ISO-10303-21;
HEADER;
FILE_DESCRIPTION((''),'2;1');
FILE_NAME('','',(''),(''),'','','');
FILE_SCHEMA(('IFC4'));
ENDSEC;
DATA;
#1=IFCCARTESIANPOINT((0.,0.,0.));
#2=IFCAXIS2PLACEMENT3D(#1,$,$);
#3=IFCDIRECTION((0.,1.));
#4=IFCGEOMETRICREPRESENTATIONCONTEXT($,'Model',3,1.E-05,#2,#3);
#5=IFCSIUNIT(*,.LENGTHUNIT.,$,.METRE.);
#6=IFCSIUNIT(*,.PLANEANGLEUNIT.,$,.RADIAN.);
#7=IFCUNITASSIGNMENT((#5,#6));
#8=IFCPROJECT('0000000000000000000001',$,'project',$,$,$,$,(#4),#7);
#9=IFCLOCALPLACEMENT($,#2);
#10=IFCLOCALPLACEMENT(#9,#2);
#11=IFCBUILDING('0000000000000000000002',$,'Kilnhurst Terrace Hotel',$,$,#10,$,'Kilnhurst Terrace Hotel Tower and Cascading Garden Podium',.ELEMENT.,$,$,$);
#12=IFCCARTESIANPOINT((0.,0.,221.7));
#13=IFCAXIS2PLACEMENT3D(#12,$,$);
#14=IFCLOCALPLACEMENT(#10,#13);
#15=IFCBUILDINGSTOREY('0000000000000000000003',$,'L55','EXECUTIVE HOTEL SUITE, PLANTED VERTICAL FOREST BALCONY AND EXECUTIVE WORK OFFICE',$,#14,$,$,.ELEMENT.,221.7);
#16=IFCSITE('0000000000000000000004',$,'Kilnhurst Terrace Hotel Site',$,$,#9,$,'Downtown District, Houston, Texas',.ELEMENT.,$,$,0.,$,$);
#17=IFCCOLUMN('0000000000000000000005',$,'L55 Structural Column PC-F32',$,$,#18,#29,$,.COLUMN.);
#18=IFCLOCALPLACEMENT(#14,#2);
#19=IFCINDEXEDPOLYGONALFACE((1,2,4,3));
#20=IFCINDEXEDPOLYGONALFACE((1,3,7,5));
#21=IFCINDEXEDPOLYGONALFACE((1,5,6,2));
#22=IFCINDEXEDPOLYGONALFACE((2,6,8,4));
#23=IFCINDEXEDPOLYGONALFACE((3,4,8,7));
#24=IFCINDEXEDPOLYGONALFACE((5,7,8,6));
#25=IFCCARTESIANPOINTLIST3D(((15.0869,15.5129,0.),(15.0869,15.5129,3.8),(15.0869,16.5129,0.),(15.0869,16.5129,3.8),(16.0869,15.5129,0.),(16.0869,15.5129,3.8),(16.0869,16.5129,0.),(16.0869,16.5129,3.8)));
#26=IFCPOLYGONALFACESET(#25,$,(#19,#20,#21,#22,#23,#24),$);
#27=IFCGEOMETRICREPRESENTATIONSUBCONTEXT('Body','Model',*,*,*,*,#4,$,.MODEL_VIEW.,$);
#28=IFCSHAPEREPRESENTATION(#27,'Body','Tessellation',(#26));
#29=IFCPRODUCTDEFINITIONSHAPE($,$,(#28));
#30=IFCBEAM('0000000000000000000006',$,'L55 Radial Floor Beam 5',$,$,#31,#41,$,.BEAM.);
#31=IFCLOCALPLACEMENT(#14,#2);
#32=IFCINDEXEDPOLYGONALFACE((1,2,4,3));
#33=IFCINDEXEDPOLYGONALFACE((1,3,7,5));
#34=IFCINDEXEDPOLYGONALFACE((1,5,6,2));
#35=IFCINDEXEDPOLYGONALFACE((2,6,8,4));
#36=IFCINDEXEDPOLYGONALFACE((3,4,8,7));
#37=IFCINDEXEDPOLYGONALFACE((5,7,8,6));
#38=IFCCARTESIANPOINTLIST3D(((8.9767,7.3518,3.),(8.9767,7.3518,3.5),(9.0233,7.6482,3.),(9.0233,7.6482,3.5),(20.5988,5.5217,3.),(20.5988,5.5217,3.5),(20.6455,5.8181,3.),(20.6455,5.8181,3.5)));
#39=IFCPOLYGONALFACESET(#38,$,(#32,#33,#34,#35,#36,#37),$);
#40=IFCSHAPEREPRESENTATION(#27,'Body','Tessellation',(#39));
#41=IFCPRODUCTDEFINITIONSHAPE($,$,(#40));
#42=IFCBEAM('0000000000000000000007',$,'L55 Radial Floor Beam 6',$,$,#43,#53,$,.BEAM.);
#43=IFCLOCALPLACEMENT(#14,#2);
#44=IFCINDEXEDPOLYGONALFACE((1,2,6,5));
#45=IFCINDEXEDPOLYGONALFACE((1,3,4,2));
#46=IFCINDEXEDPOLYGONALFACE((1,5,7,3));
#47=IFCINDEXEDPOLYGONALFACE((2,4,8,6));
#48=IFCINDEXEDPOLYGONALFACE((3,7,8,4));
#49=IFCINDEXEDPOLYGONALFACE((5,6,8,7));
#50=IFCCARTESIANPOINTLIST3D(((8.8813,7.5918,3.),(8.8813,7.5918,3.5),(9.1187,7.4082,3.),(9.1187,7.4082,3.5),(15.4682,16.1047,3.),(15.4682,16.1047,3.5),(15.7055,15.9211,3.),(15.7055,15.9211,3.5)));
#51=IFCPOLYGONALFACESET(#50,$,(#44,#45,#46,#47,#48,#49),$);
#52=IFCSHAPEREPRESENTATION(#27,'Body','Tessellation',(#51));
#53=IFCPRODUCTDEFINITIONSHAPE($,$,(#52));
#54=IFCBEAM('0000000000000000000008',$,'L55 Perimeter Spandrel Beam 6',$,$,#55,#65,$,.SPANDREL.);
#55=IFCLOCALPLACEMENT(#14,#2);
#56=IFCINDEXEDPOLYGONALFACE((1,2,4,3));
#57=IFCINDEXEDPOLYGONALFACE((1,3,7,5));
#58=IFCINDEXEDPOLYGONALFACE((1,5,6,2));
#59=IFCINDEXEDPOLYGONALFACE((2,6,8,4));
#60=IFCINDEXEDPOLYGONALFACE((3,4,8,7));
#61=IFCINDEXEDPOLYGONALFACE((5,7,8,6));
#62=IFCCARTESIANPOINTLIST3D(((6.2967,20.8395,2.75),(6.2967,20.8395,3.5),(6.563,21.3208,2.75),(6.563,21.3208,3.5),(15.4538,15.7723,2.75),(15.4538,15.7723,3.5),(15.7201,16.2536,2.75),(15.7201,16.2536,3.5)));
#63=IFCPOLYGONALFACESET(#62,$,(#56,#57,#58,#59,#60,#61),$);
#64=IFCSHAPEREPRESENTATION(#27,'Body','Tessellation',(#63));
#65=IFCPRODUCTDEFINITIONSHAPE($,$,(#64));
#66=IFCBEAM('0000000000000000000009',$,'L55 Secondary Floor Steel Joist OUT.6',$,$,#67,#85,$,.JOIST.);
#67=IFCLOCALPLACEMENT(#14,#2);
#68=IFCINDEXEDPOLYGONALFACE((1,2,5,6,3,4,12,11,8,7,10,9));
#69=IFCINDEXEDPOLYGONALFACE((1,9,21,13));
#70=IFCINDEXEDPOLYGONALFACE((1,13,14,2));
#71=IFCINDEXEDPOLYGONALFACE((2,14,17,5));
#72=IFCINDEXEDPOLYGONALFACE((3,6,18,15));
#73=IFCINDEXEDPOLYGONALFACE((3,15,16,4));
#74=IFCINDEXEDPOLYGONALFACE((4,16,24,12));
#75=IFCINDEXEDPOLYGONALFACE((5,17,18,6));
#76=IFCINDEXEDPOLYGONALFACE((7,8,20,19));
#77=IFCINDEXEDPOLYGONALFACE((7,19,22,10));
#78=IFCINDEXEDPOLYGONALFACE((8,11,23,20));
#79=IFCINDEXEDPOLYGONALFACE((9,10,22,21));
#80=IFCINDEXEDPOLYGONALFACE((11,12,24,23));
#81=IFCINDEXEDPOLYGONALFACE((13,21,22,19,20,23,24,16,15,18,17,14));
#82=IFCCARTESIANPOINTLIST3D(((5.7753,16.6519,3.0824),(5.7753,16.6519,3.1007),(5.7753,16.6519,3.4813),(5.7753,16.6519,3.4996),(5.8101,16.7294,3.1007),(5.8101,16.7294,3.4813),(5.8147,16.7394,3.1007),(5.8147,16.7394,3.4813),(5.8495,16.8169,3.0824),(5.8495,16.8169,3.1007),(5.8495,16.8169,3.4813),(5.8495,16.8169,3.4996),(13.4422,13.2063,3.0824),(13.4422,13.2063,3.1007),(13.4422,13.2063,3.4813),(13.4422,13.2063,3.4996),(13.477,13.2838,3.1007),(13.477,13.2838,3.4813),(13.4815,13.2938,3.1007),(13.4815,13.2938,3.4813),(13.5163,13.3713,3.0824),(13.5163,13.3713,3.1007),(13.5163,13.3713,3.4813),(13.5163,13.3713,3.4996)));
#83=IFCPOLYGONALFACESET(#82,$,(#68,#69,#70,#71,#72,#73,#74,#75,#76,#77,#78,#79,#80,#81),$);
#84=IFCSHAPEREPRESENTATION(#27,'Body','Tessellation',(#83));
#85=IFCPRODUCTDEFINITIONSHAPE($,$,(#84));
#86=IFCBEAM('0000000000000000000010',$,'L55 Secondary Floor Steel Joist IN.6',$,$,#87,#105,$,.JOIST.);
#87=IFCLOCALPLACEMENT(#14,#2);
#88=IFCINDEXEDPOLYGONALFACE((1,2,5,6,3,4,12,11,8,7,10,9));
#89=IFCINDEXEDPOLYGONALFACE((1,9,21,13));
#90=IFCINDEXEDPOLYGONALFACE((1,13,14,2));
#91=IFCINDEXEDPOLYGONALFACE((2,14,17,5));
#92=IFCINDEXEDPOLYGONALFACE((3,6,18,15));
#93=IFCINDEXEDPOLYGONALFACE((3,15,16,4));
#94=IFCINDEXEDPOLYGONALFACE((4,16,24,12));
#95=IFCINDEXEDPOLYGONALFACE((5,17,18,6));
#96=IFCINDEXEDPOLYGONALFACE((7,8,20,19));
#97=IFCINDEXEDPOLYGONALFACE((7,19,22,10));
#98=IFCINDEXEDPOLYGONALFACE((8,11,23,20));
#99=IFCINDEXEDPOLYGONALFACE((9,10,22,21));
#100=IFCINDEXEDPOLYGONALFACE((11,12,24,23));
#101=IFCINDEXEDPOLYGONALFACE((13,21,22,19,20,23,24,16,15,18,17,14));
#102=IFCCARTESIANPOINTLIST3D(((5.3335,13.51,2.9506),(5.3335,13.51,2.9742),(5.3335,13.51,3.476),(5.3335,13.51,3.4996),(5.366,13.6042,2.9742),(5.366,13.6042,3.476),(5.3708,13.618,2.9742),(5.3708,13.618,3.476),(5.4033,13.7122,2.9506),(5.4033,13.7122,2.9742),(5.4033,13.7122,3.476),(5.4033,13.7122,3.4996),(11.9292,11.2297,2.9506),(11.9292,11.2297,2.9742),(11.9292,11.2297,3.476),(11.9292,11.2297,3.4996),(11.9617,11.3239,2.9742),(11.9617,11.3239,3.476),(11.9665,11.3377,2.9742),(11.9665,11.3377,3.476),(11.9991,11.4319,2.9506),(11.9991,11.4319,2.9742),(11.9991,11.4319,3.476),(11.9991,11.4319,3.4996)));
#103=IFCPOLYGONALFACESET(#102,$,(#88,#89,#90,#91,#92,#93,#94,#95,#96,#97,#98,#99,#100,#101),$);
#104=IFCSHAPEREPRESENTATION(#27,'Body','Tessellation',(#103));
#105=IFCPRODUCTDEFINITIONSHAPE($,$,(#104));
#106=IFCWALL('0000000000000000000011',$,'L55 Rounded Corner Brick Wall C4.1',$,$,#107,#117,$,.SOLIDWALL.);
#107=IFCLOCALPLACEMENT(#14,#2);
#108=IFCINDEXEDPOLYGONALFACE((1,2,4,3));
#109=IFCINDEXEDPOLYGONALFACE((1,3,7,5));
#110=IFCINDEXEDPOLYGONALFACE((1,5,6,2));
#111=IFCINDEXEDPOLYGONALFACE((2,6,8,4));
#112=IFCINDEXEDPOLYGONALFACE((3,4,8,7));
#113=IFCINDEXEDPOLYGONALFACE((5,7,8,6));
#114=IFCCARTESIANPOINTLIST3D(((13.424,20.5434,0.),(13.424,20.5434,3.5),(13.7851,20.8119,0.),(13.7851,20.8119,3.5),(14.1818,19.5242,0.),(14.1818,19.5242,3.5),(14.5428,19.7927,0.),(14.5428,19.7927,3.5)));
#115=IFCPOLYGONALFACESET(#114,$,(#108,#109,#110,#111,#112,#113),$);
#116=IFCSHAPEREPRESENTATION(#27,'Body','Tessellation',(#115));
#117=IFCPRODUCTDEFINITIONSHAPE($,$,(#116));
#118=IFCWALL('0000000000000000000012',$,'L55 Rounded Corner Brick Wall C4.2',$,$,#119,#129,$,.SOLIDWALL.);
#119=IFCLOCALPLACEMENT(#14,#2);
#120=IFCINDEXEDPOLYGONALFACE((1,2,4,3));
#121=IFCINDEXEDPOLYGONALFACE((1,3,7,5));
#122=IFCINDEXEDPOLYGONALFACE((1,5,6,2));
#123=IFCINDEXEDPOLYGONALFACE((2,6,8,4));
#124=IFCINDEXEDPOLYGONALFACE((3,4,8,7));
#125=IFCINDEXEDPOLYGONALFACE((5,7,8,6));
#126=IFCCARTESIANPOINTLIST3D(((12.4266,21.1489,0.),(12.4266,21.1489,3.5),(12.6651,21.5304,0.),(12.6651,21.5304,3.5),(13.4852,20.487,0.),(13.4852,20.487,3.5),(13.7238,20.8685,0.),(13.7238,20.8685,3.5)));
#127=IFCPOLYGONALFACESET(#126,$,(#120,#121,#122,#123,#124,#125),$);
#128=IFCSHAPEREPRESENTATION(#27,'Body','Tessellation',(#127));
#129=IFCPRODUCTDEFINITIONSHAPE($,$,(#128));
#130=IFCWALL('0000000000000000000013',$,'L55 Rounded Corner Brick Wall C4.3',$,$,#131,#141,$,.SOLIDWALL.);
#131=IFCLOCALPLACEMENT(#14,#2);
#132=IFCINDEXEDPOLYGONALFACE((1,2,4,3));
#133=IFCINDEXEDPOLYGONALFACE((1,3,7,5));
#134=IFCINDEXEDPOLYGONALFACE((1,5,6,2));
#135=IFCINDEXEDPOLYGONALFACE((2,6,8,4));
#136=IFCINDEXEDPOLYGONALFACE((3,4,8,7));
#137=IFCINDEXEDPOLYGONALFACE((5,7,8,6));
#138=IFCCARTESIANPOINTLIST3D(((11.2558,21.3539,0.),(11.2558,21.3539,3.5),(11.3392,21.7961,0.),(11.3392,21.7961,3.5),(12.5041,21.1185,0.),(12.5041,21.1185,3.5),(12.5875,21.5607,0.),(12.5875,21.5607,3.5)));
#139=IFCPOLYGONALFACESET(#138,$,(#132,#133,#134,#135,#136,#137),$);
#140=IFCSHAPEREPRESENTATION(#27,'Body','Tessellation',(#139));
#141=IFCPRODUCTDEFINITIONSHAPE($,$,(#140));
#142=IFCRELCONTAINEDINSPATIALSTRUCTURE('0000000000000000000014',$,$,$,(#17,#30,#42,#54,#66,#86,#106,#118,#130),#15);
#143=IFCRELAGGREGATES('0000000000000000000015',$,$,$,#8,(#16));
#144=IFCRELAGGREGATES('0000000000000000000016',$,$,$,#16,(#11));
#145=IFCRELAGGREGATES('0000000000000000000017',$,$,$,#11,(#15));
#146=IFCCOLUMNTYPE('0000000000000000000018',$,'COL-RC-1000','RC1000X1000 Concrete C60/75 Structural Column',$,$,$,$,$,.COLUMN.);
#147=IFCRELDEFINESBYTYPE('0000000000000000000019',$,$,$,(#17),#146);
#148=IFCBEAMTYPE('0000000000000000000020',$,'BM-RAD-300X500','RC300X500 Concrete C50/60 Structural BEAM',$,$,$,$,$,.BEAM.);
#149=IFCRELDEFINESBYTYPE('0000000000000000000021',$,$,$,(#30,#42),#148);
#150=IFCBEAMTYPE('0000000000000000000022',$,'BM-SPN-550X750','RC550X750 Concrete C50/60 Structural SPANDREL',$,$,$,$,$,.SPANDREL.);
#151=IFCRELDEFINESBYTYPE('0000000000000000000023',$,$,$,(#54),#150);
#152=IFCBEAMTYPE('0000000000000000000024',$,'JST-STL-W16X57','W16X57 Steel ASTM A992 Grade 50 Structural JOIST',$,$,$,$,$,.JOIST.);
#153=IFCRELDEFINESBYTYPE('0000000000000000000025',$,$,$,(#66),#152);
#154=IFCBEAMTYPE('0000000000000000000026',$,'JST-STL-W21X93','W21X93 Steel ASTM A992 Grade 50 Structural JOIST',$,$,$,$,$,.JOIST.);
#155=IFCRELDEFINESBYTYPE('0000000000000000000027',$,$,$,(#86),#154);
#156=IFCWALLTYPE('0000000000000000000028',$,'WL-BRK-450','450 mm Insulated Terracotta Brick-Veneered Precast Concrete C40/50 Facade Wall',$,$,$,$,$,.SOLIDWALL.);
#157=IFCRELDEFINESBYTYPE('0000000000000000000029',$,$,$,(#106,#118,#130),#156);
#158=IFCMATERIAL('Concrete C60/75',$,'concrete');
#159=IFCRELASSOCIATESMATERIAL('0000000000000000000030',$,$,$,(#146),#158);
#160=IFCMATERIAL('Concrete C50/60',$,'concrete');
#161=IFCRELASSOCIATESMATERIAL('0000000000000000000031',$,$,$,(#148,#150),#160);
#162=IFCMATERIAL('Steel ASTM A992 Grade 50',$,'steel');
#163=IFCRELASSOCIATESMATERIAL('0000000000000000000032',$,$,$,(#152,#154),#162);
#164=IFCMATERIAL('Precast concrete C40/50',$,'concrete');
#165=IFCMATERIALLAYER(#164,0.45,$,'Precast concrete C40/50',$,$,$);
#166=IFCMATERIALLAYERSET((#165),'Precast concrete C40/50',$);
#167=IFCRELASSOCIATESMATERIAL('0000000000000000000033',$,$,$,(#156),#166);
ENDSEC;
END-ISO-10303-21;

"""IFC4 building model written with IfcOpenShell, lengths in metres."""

from ifc_helpers import new_model, si_unit, direction, frame, frame_2d, origin, origin_2d, place, context, subcontext, project, spatial, rectangle, i_section, extrude, material, layer, layer_set, material_profile, profile_set, type_object, element, save


model = new_model("IFC4")

# Units and contexts
model_context = context("Model", 3, precision=1e-05, world=origin(), true_north=direction((0.0, 1.0)))
body_context = subcontext(model_context, "Body", "Model", "MODEL_VIEW")
ifc_project = project(units=[si_unit("LENGTHUNIT", "METRE"), si_unit("PLANEANGLEUNIT", "RADIAN")], contexts=[model_context])

# Site, building, storey
site_placement = place(None, origin())
site = spatial("IfcSite", under=ifc_project, at=site_placement, Name="Kilnhurst Terrace Hotel Site", LongName="Downtown District, Houston, Texas", CompositionType="ELEMENT", RefElevation=0.0)
building_placement = place(site_placement, origin())
building = spatial("IfcBuilding", under=site, at=building_placement, Name="Kilnhurst Terrace Hotel", LongName="Kilnhurst Terrace Hotel Tower and Cascading Garden Podium", CompositionType="ELEMENT")
storey_placement = place(building_placement, frame((0.0, 0.0, 221.7)))
storey = spatial("IfcBuildingStorey", under=building, at=storey_placement, Name="L55", Description="EXECUTIVE HOTEL SUITE, PLANTED VERTICAL FOREST BALCONY AND EXECUTIVE WORK OFFICE", CompositionType="ELEMENT", Elevation=221.7)

# Column
ifc_material_1 = material(Name="Concrete C60/75", Category="concrete")
ifc_material_profile_1 = material_profile(ifc_material_1, rectangle(XDim=1.0, YDim=1.0, at=origin_2d()), Name="RC1000X1000")
ifc_profile_set_1 = profile_set([ifc_material_profile_1], Name="Concrete C60/75")
column_type = type_object("IfcColumnType", Name="COL-RC-1000", Description="RC1000X1000 Concrete C60/75 Structural Column", PredefinedType="COLUMN", material=ifc_profile_set_1)
column_placement = place(storey_placement, frame((15.5869, 16.0129, 0.0), z_axis=(0.0, 0.0, 1.0), x_axis=(1.0, 0.0, 0.0)))
element("IfcColumn", 1, at=column_placement, inside=storey, type_object=column_type, Name="L55 Structural Column PC-F32", PredefinedType="COLUMN", context=body_context, shape_type="SweptSolid", body=[
    extrude(rectangle(XDim=1.0, YDim=1.0, at=origin_2d()), origin(), (0.0, 0.0, 1.0), 3.8),
])

# Beams
ifc_material_2 = material(Name="Concrete C50/60", Category="concrete")
ifc_material_profile_2 = material_profile(ifc_material_2, rectangle(XDim=0.3, YDim=0.5, at=origin_2d()), Name="RC300X500")
ifc_profile_set_2 = profile_set([ifc_material_profile_2], Name="Concrete C50/60")
beam_type_1 = type_object("IfcBeamType", Name="BM-RAD-300X500", Description="RC300X500 Concrete C50/60 Structural BEAM", PredefinedType="BEAM", material=ifc_profile_set_2)
beam_1_placement = place(storey_placement, frame((9.0, 7.5, 3.25), z_axis=(0.987828, -0.155549, 0.0), x_axis=(0.155549, 0.987828, 0.0)))
element("IfcBeam", 2, at=beam_1_placement, inside=storey, type_object=beam_type_1, Name="L55 Radial Floor Beam 5", PredefinedType="BEAM", context=body_context, shape_type="SweptSolid", body=[
    extrude(rectangle(XDim=0.3, YDim=0.5, at=origin_2d()), origin(), (0.0, 0.0, 1.0), 11.7654),
])
beam_2_placement = place(storey_placement, frame((9.0, 7.5, 3.25), z_axis=(0.611955, 0.790892, 0.0), x_axis=(-0.790892, 0.611955, 0.0)))
element("IfcBeam", 3, at=beam_2_placement, inside=storey, type_object=beam_type_1, Name="L55 Radial Floor Beam 6", PredefinedType="BEAM", context=body_context, shape_type="SweptSolid", body=[
    extrude(rectangle(XDim=0.3, YDim=0.5, at=origin_2d()), origin(), (0.0, 0.0, 1.0), 10.7637),
])
ifc_material_profile_3 = material_profile(ifc_material_2, rectangle(XDim=0.55, YDim=0.75, at=origin_2d()), Name="RC550X750")
ifc_profile_set_3 = profile_set([ifc_material_profile_3], Name="Concrete C50/60")
beam_type_2 = type_object("IfcBeamType", Name="BM-SPN-550X750", Description="RC550X750 Concrete C50/60 Structural SPANDREL", PredefinedType="SPANDREL", material=ifc_profile_set_3)
beam_3_placement = place(storey_placement, frame((15.5869, 16.0129, 3.125), z_axis=(-0.87497, 0.484177, 0.0), x_axis=(-0.484177, -0.87497, 0.0)))
element("IfcBeam", 4, at=beam_3_placement, inside=storey, type_object=beam_type_2, Name="L55 Perimeter Spandrel Beam 6", PredefinedType="SPANDREL", context=body_context, shape_type="SweptSolid", body=[
    extrude(rectangle(XDim=0.55, YDim=0.75, at=origin_2d()), origin(), (0.0, 0.0, 1.0), 10.4656),
])
ifc_material_3 = material(Name="Steel ASTM A992 Grade 50", Category="steel")
ifc_material_profile_4 = material_profile(ifc_material_3, i_section(OverallWidth=0.1809, OverallDepth=0.4172, WebThickness=0.011, FlangeThickness=0.0183, at=origin_2d()), Name="W16X57")
ifc_profile_set_4 = profile_set([ifc_material_profile_4], Name="Steel ASTM A992 Grade 50")
beam_type_3 = type_object("IfcBeamType", Name="JST-STL-W16X57", Description="W16X57 Steel ASTM A992 Grade 50 Structural JOIST", PredefinedType="JOIST", material=ifc_profile_set_4)
beam_4_placement = place(storey_placement, frame((13.4792, 13.2888, 3.291), z_axis=(-0.912121, 0.409921, 0.0), x_axis=(-0.409921, -0.912121, 0.0)))
element("IfcBeam", 5, at=beam_4_placement, inside=storey, type_object=beam_type_3, Name="L55 Secondary Floor Steel Joist OUT.6", PredefinedType="JOIST", context=body_context, shape_type="SweptSolid", body=[
    extrude(i_section(OverallWidth=0.1809, OverallDepth=0.4172, WebThickness=0.011, FlangeThickness=0.0183, at=origin_2d()), origin(), (0.0, 0.0, 1.0), 8.4055),
])
ifc_material_profile_5 = material_profile(ifc_material_3, i_section(OverallWidth=0.2139, OverallDepth=0.5491, WebThickness=0.0146, FlangeThickness=0.0237, at=origin_2d()), Name="W21X93")
ifc_profile_set_5 = profile_set([ifc_material_profile_5], Name="Steel ASTM A992 Grade 50")
beam_type_4 = type_object("IfcBeamType", Name="JST-STL-W21X93", Description="W21X93 Steel ASTM A992 Grade 50 Structural JOIST", PredefinedType="JOIST", material=ifc_profile_set_5)
beam_5_placement = place(storey_placement, frame((11.9641, 11.3308, 3.2251), z_axis=(-0.945112, 0.326745, 0.0), x_axis=(-0.326745, -0.945112, 0.0)))
element("IfcBeam", 6, at=beam_5_placement, inside=storey, type_object=beam_type_4, Name="L55 Secondary Floor Steel Joist IN.6", PredefinedType="JOIST", context=body_context, shape_type="SweptSolid", body=[
    extrude(i_section(OverallWidth=0.2139, OverallDepth=0.5491, WebThickness=0.0146, FlangeThickness=0.0237, at=origin_2d()), origin(), (0.0, 0.0, 1.0), 6.9788),
])

# Walls
ifc_material_4 = material(Name="Precast concrete C40/50", Category="concrete")
ifc_layer_1 = layer(ifc_material_4, 0.45, Name="Precast concrete C40/50")
ifc_layer_set_1 = layer_set([ifc_layer_1], Name="Precast concrete C40/50")
wall_type_1 = type_object("IfcWallType", Name="WL-BRK-450", Description="450 mm Insulated Terracotta Brick-Veneered Precast Concrete C40/50 Facade Wall", PredefinedType="SOLIDWALL", material=ifc_layer_set_1)
wall_1_placement = place(storey_placement, frame((14.3623, 19.6584, 0.0), z_axis=(0.0, 0.0, 1.0), x_axis=(-0.596642, 0.802507, 0.0)))
element("IfcWall", 7, at=wall_1_placement, inside=storey, type_object=wall_type_1, Name="L55 Rounded Corner Brick Wall C4.1", PredefinedType="SOLIDWALL", context=body_context, shape_type="SweptSolid", body=[
    extrude(rectangle(XDim=1.27, YDim=0.45, at=frame_2d((0.635, 0.0))), origin(), (0.0, 0.0, 1.0), 3.5),
])
wall_2_placement = place(storey_placement, frame((13.6045, 20.6777, 0.0), z_axis=(0.0, 0.0, 1.0), x_axis=(-0.84791, 0.53014, 0.0)))
element("IfcWall", 8, at=wall_2_placement, inside=storey, type_object=wall_type_1, Name="L55 Rounded Corner Brick Wall C4.2", PredefinedType="SOLIDWALL", context=body_context, shape_type="SweptSolid", body=[
    extrude(rectangle(XDim=1.2485, YDim=0.45, at=frame_2d((0.6243, 0.0))), origin(), (0.0, 0.0, 1.0), 3.5),
])
wall_3_placement = place(storey_placement, frame((12.5459, 21.3396, 0.0), z_axis=(0.0, 0.0, 1.0), x_axis=(-0.982687, 0.185275, 0.0)))
element("IfcWall", 9, at=wall_3_placement, inside=storey, type_object=wall_type_1, Name="L55 Rounded Corner Brick Wall C4.3", PredefinedType="SOLIDWALL", context=body_context, shape_type="SweptSolid", body=[
    extrude(rectangle(XDim=1.2703, YDim=0.45, at=frame_2d((0.6353, 0.0))), origin(), (0.0, 0.0, 1.0), 3.5),
])

save(model, "model.ifc")
